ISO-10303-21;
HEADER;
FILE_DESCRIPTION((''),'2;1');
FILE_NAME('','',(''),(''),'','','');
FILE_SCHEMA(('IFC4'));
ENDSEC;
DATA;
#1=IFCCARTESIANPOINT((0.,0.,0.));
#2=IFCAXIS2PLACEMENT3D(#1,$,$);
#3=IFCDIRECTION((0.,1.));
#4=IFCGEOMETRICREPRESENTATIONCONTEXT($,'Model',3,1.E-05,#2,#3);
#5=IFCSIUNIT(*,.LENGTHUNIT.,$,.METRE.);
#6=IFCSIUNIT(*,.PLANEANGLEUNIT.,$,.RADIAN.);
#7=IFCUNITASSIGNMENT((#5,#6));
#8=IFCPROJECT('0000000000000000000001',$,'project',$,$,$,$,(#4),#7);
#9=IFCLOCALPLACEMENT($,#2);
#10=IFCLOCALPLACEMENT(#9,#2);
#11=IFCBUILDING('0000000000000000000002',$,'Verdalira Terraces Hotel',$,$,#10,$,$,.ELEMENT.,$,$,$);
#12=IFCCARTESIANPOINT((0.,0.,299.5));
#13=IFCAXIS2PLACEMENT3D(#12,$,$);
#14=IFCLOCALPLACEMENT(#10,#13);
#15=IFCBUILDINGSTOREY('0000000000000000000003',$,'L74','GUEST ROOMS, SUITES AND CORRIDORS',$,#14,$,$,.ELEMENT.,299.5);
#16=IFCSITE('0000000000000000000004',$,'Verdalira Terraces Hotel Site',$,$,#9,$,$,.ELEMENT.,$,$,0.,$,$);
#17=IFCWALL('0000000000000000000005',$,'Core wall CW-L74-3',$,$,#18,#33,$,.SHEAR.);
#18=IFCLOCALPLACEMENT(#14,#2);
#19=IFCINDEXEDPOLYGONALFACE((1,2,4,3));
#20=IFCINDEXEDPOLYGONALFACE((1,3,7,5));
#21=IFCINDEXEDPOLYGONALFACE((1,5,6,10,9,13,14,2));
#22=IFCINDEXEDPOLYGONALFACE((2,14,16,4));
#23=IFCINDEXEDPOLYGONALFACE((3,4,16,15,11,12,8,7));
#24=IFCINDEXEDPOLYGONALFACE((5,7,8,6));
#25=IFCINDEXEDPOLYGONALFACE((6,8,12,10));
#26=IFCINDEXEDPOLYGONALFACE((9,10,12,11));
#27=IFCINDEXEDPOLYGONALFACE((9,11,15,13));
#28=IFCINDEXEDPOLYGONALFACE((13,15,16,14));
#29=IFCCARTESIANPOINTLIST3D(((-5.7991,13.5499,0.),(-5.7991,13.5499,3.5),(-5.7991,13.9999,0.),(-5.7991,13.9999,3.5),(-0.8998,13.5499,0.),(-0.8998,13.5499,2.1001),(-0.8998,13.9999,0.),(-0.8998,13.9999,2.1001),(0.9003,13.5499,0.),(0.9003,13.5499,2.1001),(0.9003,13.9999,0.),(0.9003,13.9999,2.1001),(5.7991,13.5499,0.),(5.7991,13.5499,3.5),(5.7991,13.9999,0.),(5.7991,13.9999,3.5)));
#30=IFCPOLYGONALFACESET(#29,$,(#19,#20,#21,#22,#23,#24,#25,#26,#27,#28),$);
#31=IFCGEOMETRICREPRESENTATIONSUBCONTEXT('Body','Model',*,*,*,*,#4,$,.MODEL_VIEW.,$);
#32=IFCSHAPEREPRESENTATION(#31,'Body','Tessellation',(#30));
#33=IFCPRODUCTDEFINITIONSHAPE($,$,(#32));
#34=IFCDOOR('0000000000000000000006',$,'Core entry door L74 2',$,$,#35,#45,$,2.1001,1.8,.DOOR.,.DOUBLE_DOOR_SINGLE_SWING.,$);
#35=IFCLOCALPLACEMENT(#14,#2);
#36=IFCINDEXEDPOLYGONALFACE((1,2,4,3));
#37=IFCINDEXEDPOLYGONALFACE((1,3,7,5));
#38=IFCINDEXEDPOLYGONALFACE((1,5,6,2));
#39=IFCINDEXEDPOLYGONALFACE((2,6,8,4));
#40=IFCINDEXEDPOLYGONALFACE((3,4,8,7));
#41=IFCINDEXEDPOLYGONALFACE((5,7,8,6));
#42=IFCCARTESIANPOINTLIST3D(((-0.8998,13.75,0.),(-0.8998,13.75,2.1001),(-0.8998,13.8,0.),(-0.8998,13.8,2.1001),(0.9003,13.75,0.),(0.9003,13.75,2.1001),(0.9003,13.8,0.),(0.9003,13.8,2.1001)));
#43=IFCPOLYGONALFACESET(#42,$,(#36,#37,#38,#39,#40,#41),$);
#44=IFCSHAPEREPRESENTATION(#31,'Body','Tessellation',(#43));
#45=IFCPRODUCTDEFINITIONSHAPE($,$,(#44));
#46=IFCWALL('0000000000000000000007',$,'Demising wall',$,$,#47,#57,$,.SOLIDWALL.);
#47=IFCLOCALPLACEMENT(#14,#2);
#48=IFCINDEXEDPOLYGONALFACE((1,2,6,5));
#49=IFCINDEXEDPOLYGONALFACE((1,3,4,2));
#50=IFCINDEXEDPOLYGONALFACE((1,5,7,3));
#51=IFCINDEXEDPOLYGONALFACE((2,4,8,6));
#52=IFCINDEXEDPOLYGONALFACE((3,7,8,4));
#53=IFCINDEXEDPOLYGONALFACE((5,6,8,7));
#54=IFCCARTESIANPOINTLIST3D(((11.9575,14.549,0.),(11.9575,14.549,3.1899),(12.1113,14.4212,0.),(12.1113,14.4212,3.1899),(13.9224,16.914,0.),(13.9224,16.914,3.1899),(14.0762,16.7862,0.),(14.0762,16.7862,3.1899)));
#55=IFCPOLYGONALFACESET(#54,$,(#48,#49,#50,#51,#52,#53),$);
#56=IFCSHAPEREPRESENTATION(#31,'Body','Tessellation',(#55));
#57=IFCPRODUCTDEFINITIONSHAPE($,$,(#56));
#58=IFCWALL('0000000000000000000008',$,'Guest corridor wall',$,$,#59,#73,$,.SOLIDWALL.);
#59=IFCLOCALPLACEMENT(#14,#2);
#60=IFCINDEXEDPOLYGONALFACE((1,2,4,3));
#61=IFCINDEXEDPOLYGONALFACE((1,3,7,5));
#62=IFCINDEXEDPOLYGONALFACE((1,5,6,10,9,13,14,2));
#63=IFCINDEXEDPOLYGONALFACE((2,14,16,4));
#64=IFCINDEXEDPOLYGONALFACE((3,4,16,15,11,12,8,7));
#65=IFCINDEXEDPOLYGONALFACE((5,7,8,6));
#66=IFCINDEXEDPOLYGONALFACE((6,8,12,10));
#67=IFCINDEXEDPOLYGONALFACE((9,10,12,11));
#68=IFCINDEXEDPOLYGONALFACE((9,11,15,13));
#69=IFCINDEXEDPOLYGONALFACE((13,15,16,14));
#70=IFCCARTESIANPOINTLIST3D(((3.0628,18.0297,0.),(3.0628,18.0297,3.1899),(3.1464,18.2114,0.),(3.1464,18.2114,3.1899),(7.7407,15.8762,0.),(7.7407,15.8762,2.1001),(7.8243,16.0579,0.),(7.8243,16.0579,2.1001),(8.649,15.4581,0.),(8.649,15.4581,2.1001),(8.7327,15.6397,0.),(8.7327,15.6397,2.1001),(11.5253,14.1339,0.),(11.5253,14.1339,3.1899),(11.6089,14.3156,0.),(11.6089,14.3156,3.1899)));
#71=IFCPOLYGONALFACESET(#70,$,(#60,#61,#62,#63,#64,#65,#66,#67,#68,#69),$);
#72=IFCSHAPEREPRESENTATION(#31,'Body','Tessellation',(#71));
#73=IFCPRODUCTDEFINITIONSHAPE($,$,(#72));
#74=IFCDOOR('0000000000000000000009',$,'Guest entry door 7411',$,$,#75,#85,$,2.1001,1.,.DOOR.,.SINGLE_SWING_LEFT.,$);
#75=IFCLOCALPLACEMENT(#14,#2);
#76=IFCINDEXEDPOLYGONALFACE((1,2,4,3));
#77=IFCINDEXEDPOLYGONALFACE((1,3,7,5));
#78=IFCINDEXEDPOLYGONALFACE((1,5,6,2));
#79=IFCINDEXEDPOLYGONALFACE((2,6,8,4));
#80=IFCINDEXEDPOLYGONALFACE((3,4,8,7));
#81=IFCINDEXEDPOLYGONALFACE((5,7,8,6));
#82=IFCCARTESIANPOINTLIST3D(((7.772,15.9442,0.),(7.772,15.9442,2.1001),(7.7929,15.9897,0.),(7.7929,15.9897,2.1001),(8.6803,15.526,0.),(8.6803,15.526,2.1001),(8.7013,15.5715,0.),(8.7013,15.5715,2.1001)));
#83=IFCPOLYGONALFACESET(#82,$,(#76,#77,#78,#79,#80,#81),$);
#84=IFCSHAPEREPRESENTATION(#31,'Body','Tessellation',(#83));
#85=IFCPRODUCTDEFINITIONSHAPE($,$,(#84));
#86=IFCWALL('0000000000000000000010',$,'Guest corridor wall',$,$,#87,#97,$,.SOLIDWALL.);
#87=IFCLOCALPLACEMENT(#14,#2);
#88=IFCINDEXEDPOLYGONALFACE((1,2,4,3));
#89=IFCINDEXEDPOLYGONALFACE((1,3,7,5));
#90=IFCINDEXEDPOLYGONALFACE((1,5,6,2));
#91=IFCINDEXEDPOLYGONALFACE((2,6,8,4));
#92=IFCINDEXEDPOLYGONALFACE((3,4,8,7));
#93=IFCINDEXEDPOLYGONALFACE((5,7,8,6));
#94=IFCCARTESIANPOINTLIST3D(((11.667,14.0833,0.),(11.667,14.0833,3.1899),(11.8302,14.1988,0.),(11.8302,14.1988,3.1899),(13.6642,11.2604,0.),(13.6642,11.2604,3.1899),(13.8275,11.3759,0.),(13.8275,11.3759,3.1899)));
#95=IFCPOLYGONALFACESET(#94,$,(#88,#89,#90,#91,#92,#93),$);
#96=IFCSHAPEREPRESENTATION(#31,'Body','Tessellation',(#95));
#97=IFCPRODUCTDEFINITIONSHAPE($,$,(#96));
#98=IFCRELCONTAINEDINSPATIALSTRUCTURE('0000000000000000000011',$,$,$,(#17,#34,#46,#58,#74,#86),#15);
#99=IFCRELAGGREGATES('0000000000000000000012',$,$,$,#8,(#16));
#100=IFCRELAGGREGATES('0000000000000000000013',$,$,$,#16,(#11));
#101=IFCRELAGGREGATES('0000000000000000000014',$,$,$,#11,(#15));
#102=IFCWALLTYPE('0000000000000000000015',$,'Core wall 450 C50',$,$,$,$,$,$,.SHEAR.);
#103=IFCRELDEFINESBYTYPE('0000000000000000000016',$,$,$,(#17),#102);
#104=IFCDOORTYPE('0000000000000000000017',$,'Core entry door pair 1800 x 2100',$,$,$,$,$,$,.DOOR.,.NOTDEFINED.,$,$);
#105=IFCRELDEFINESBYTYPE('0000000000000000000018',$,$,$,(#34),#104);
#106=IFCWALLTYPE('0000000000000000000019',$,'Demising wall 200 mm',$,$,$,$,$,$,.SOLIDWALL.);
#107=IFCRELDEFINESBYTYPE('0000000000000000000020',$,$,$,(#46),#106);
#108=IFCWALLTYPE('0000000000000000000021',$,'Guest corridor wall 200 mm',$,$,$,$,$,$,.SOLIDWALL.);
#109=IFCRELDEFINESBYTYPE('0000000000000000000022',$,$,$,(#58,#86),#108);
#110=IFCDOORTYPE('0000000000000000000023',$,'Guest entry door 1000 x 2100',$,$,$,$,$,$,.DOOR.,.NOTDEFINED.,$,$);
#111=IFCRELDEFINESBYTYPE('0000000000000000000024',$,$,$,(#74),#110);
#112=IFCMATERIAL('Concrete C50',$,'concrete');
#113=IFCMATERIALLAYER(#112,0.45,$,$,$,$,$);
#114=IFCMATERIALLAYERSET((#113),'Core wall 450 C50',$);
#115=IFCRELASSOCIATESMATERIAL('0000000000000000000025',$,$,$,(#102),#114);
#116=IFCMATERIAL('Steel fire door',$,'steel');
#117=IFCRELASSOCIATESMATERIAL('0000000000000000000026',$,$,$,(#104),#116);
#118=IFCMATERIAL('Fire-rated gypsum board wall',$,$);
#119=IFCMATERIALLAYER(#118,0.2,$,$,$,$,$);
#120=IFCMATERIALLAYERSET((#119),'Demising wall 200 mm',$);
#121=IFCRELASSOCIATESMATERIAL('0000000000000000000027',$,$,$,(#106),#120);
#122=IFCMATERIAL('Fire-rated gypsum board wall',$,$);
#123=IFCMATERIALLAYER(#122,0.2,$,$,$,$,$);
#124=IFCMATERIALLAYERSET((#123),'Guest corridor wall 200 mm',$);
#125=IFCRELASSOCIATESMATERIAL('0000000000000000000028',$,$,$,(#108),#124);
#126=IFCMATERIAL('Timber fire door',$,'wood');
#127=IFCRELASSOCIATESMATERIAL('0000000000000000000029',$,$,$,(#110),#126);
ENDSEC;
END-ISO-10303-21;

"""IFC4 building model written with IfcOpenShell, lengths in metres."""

from ifc_helpers import new_model, si_unit, direction, frame, frame_2d, origin, place, context, subcontext, project, spatial, rectangle, extrude, material, layer, layer_set, type_object, element, fill, save


model = new_model("IFC4")

# Units and contexts
model_context = context("Model", 3, precision=1e-05, world=origin(), true_north=direction((0.0, 1.0)))
body_context = subcontext(model_context, "Body", "Model", "MODEL_VIEW")
ifc_project = project(units=[si_unit("LENGTHUNIT", "METRE"), si_unit("PLANEANGLEUNIT", "RADIAN")], contexts=[model_context])

# Site, building, storey
site_placement = place(None, origin())
site = spatial("IfcSite", under=ifc_project, at=site_placement, Name="Verdalira Terraces Hotel Site", CompositionType="ELEMENT", RefElevation=0.0)
building_placement = place(site_placement, origin())
building = spatial("IfcBuilding", under=site, at=building_placement, Name="Verdalira Terraces Hotel", CompositionType="ELEMENT")
storey_placement = place(building_placement, frame((0.0, 0.0, 299.5)))
storey = spatial("IfcBuildingStorey", under=building, at=storey_placement, Name="L74", Description="GUEST ROOMS, SUITES AND CORRIDORS", CompositionType="ELEMENT", Elevation=299.5)

# Wall, opening, door
ifc_material_1 = material(Name="Concrete C50", Category="concrete")
ifc_layer_1 = layer(ifc_material_1, 0.45)
ifc_layer_set_1 = layer_set([ifc_layer_1], Name="Core wall 450 C50")
wall_type_1 = type_object("IfcWallType", Name="Core wall 450 C50", PredefinedType="SHEAR", material=ifc_layer_set_1)
wall_1_placement = place(storey_placement, frame((5.7991, 13.7749, 0.0), z_axis=(0.0, 0.0, 1.0), x_axis=(-1.0, 0.0, 0.0)))
wall_1 = element("IfcWall", 1, at=wall_1_placement, inside=storey, type_object=wall_type_1, Name="Core wall CW-L74-3", PredefinedType="SHEAR", context=body_context, shape_type="SweptSolid", body=[
    extrude(rectangle(XDim=11.5981, YDim=0.45, at=frame_2d((5.7991, 0.0))), origin(), (0.0, 0.0, 1.0), 3.5),
])
opening_1_placement = place(wall_1_placement, frame((4.8989, 0.0, 0.0)))
opening_1 = element("IfcOpeningElement", 2, at=opening_1_placement, cuts=wall_1, PredefinedType="OPENING", context=body_context, shape_type="SweptSolid", body=[
    extrude(rectangle(XDim=1.8, YDim=2.1001, at=frame_2d((0.8999, 1.05))), frame((0.0, 0.2349, 0.0), z_axis=(0.0, -1.0, 0.0), x_axis=(1.0, 0.0, 0.0)), (0.0, 0.0, 1.0), 0.47),
])
ifc_material_2 = material(Name="Steel fire door", Category="steel")
door_type_1 = type_object("IfcDoorType", Name="Core entry door pair 1800 x 2100", OperationType="NOTDEFINED", PredefinedType="DOOR", material=ifc_material_2)
door_1_placement = place(opening_1_placement, origin())
door_1 = element("IfcDoor", 3, at=door_1_placement, inside=storey, type_object=door_type_1, Name="Core entry door L74 2", OperationType="DOUBLE_DOOR_SINGLE_SWING", OverallHeight=2.1001, OverallWidth=1.8, PredefinedType="DOOR", context=body_context, shape_type="SweptSolid", body=[
    extrude(rectangle(XDim=1.8, YDim=2.1001, at=frame_2d((0.8999, 1.05))), frame((0.0, 0.0249, 0.0), z_axis=(0.0, -1.0, 0.0), x_axis=(1.0, 0.0, 0.0)), (0.0, 0.0, 1.0), 0.05),
])
fill(opening_1, door_1)

# Wall
ifc_material_3 = material(Name="Fire-rated gypsum board wall")
ifc_layer_2 = layer(ifc_material_3, 0.2)
ifc_layer_set_2 = layer_set([ifc_layer_2], Name="Demising wall 200 mm")
wall_type_2 = type_object("IfcWallType", Name="Demising wall 200 mm", PredefinedType="SOLIDWALL", material=ifc_layer_set_2)
wall_2_placement = place(storey_placement, frame((12.0344, 14.4851, 0.0), z_axis=(0.0, 0.0, 1.0), x_axis=(0.639036, 0.769177, 0.0)))
element("IfcWall", 4, at=wall_2_placement, inside=storey, type_object=wall_type_2, Name="Demising wall", PredefinedType="SOLIDWALL", context=body_context, shape_type="SweptSolid", body=[
    extrude(rectangle(XDim=3.0747, YDim=0.2, at=frame_2d((1.5374, 0.0))), origin(), (0.0, 0.0, 1.0), 3.1899),
])

# Wall, opening, door
ifc_material_4 = material(Name="Fire-rated gypsum board wall")
ifc_layer_3 = layer(ifc_material_4, 0.2)
ifc_layer_set_3 = layer_set([ifc_layer_3], Name="Guest corridor wall 200 mm")
wall_type_3 = type_object("IfcWallType", Name="Guest corridor wall 200 mm", PredefinedType="SOLIDWALL", material=ifc_layer_set_3)
wall_3_placement = place(storey_placement, frame((3.1045, 18.1206, 0.0), z_axis=(0.0, 0.0, 1.0), x_axis=(0.908366, -0.418176, 0.0)))
wall_3 = element("IfcWall", 5, at=wall_3_placement, inside=storey, type_object=wall_type_3, Name="Guest corridor wall", PredefinedType="SOLIDWALL", context=body_context, shape_type="SweptSolid", body=[
    extrude(rectangle(XDim=9.3162, YDim=0.2, at=frame_2d((4.6582, 0.0))), origin(), (0.0, 0.0, 1.0), 3.1899),
])
opening_2_placement = place(wall_3_placement, frame((5.1499, 0.0, 0.0)))
opening_2 = element("IfcOpeningElement", 6, at=opening_2_placement, cuts=wall_3, PredefinedType="OPENING", context=body_context, shape_type="SweptSolid", body=[
    extrude(rectangle(XDim=1.0, YDim=2.1001, at=frame_2d((0.5, 1.05))), frame((0.0, 0.1099, 0.0), z_axis=(0.0, -1.0, 0.0), x_axis=(1.0, 0.0, 0.0)), (0.0, 0.0, 1.0), 0.22),
])
ifc_material_5 = material(Name="Timber fire door", Category="wood")
door_type_2 = type_object("IfcDoorType", Name="Guest entry door 1000 x 2100", OperationType="NOTDEFINED", PredefinedType="DOOR", material=ifc_material_5)
door_2_placement = place(opening_2_placement, origin())
door_2 = element("IfcDoor", 7, at=door_2_placement, inside=storey, type_object=door_type_2, Name="Guest entry door 7411", OperationType="SINGLE_SWING_LEFT", OverallHeight=2.1001, OverallWidth=1.0, PredefinedType="DOOR", context=body_context, shape_type="SweptSolid", body=[
    extrude(rectangle(XDim=1.0, YDim=2.1001, at=frame_2d((0.5, 1.05))), frame((0.0, 0.0249, 0.0), z_axis=(0.0, -1.0, 0.0), x_axis=(1.0, 0.0, 0.0)), (0.0, 0.0, 1.0), 0.05),
])
fill(opening_2, door_2)

# Wall
wall_4_placement = place(storey_placement, frame((13.7459, 11.3181, 0.0), z_axis=(0.0, 0.0, 1.0), x_axis=(-0.577573, 0.816339, 0.0)))
element("IfcWall", 8, at=wall_4_placement, inside=storey, type_object=wall_type_3, Name="Guest corridor wall", PredefinedType="SOLIDWALL", context=body_context, shape_type="SweptSolid", body=[
    extrude(rectangle(XDim=3.458, YDim=0.2, at=frame_2d((1.729, 0.0))), origin(), (0.0, 0.0, 1.0), 3.1899),
])

save(model, "model.ifc")
